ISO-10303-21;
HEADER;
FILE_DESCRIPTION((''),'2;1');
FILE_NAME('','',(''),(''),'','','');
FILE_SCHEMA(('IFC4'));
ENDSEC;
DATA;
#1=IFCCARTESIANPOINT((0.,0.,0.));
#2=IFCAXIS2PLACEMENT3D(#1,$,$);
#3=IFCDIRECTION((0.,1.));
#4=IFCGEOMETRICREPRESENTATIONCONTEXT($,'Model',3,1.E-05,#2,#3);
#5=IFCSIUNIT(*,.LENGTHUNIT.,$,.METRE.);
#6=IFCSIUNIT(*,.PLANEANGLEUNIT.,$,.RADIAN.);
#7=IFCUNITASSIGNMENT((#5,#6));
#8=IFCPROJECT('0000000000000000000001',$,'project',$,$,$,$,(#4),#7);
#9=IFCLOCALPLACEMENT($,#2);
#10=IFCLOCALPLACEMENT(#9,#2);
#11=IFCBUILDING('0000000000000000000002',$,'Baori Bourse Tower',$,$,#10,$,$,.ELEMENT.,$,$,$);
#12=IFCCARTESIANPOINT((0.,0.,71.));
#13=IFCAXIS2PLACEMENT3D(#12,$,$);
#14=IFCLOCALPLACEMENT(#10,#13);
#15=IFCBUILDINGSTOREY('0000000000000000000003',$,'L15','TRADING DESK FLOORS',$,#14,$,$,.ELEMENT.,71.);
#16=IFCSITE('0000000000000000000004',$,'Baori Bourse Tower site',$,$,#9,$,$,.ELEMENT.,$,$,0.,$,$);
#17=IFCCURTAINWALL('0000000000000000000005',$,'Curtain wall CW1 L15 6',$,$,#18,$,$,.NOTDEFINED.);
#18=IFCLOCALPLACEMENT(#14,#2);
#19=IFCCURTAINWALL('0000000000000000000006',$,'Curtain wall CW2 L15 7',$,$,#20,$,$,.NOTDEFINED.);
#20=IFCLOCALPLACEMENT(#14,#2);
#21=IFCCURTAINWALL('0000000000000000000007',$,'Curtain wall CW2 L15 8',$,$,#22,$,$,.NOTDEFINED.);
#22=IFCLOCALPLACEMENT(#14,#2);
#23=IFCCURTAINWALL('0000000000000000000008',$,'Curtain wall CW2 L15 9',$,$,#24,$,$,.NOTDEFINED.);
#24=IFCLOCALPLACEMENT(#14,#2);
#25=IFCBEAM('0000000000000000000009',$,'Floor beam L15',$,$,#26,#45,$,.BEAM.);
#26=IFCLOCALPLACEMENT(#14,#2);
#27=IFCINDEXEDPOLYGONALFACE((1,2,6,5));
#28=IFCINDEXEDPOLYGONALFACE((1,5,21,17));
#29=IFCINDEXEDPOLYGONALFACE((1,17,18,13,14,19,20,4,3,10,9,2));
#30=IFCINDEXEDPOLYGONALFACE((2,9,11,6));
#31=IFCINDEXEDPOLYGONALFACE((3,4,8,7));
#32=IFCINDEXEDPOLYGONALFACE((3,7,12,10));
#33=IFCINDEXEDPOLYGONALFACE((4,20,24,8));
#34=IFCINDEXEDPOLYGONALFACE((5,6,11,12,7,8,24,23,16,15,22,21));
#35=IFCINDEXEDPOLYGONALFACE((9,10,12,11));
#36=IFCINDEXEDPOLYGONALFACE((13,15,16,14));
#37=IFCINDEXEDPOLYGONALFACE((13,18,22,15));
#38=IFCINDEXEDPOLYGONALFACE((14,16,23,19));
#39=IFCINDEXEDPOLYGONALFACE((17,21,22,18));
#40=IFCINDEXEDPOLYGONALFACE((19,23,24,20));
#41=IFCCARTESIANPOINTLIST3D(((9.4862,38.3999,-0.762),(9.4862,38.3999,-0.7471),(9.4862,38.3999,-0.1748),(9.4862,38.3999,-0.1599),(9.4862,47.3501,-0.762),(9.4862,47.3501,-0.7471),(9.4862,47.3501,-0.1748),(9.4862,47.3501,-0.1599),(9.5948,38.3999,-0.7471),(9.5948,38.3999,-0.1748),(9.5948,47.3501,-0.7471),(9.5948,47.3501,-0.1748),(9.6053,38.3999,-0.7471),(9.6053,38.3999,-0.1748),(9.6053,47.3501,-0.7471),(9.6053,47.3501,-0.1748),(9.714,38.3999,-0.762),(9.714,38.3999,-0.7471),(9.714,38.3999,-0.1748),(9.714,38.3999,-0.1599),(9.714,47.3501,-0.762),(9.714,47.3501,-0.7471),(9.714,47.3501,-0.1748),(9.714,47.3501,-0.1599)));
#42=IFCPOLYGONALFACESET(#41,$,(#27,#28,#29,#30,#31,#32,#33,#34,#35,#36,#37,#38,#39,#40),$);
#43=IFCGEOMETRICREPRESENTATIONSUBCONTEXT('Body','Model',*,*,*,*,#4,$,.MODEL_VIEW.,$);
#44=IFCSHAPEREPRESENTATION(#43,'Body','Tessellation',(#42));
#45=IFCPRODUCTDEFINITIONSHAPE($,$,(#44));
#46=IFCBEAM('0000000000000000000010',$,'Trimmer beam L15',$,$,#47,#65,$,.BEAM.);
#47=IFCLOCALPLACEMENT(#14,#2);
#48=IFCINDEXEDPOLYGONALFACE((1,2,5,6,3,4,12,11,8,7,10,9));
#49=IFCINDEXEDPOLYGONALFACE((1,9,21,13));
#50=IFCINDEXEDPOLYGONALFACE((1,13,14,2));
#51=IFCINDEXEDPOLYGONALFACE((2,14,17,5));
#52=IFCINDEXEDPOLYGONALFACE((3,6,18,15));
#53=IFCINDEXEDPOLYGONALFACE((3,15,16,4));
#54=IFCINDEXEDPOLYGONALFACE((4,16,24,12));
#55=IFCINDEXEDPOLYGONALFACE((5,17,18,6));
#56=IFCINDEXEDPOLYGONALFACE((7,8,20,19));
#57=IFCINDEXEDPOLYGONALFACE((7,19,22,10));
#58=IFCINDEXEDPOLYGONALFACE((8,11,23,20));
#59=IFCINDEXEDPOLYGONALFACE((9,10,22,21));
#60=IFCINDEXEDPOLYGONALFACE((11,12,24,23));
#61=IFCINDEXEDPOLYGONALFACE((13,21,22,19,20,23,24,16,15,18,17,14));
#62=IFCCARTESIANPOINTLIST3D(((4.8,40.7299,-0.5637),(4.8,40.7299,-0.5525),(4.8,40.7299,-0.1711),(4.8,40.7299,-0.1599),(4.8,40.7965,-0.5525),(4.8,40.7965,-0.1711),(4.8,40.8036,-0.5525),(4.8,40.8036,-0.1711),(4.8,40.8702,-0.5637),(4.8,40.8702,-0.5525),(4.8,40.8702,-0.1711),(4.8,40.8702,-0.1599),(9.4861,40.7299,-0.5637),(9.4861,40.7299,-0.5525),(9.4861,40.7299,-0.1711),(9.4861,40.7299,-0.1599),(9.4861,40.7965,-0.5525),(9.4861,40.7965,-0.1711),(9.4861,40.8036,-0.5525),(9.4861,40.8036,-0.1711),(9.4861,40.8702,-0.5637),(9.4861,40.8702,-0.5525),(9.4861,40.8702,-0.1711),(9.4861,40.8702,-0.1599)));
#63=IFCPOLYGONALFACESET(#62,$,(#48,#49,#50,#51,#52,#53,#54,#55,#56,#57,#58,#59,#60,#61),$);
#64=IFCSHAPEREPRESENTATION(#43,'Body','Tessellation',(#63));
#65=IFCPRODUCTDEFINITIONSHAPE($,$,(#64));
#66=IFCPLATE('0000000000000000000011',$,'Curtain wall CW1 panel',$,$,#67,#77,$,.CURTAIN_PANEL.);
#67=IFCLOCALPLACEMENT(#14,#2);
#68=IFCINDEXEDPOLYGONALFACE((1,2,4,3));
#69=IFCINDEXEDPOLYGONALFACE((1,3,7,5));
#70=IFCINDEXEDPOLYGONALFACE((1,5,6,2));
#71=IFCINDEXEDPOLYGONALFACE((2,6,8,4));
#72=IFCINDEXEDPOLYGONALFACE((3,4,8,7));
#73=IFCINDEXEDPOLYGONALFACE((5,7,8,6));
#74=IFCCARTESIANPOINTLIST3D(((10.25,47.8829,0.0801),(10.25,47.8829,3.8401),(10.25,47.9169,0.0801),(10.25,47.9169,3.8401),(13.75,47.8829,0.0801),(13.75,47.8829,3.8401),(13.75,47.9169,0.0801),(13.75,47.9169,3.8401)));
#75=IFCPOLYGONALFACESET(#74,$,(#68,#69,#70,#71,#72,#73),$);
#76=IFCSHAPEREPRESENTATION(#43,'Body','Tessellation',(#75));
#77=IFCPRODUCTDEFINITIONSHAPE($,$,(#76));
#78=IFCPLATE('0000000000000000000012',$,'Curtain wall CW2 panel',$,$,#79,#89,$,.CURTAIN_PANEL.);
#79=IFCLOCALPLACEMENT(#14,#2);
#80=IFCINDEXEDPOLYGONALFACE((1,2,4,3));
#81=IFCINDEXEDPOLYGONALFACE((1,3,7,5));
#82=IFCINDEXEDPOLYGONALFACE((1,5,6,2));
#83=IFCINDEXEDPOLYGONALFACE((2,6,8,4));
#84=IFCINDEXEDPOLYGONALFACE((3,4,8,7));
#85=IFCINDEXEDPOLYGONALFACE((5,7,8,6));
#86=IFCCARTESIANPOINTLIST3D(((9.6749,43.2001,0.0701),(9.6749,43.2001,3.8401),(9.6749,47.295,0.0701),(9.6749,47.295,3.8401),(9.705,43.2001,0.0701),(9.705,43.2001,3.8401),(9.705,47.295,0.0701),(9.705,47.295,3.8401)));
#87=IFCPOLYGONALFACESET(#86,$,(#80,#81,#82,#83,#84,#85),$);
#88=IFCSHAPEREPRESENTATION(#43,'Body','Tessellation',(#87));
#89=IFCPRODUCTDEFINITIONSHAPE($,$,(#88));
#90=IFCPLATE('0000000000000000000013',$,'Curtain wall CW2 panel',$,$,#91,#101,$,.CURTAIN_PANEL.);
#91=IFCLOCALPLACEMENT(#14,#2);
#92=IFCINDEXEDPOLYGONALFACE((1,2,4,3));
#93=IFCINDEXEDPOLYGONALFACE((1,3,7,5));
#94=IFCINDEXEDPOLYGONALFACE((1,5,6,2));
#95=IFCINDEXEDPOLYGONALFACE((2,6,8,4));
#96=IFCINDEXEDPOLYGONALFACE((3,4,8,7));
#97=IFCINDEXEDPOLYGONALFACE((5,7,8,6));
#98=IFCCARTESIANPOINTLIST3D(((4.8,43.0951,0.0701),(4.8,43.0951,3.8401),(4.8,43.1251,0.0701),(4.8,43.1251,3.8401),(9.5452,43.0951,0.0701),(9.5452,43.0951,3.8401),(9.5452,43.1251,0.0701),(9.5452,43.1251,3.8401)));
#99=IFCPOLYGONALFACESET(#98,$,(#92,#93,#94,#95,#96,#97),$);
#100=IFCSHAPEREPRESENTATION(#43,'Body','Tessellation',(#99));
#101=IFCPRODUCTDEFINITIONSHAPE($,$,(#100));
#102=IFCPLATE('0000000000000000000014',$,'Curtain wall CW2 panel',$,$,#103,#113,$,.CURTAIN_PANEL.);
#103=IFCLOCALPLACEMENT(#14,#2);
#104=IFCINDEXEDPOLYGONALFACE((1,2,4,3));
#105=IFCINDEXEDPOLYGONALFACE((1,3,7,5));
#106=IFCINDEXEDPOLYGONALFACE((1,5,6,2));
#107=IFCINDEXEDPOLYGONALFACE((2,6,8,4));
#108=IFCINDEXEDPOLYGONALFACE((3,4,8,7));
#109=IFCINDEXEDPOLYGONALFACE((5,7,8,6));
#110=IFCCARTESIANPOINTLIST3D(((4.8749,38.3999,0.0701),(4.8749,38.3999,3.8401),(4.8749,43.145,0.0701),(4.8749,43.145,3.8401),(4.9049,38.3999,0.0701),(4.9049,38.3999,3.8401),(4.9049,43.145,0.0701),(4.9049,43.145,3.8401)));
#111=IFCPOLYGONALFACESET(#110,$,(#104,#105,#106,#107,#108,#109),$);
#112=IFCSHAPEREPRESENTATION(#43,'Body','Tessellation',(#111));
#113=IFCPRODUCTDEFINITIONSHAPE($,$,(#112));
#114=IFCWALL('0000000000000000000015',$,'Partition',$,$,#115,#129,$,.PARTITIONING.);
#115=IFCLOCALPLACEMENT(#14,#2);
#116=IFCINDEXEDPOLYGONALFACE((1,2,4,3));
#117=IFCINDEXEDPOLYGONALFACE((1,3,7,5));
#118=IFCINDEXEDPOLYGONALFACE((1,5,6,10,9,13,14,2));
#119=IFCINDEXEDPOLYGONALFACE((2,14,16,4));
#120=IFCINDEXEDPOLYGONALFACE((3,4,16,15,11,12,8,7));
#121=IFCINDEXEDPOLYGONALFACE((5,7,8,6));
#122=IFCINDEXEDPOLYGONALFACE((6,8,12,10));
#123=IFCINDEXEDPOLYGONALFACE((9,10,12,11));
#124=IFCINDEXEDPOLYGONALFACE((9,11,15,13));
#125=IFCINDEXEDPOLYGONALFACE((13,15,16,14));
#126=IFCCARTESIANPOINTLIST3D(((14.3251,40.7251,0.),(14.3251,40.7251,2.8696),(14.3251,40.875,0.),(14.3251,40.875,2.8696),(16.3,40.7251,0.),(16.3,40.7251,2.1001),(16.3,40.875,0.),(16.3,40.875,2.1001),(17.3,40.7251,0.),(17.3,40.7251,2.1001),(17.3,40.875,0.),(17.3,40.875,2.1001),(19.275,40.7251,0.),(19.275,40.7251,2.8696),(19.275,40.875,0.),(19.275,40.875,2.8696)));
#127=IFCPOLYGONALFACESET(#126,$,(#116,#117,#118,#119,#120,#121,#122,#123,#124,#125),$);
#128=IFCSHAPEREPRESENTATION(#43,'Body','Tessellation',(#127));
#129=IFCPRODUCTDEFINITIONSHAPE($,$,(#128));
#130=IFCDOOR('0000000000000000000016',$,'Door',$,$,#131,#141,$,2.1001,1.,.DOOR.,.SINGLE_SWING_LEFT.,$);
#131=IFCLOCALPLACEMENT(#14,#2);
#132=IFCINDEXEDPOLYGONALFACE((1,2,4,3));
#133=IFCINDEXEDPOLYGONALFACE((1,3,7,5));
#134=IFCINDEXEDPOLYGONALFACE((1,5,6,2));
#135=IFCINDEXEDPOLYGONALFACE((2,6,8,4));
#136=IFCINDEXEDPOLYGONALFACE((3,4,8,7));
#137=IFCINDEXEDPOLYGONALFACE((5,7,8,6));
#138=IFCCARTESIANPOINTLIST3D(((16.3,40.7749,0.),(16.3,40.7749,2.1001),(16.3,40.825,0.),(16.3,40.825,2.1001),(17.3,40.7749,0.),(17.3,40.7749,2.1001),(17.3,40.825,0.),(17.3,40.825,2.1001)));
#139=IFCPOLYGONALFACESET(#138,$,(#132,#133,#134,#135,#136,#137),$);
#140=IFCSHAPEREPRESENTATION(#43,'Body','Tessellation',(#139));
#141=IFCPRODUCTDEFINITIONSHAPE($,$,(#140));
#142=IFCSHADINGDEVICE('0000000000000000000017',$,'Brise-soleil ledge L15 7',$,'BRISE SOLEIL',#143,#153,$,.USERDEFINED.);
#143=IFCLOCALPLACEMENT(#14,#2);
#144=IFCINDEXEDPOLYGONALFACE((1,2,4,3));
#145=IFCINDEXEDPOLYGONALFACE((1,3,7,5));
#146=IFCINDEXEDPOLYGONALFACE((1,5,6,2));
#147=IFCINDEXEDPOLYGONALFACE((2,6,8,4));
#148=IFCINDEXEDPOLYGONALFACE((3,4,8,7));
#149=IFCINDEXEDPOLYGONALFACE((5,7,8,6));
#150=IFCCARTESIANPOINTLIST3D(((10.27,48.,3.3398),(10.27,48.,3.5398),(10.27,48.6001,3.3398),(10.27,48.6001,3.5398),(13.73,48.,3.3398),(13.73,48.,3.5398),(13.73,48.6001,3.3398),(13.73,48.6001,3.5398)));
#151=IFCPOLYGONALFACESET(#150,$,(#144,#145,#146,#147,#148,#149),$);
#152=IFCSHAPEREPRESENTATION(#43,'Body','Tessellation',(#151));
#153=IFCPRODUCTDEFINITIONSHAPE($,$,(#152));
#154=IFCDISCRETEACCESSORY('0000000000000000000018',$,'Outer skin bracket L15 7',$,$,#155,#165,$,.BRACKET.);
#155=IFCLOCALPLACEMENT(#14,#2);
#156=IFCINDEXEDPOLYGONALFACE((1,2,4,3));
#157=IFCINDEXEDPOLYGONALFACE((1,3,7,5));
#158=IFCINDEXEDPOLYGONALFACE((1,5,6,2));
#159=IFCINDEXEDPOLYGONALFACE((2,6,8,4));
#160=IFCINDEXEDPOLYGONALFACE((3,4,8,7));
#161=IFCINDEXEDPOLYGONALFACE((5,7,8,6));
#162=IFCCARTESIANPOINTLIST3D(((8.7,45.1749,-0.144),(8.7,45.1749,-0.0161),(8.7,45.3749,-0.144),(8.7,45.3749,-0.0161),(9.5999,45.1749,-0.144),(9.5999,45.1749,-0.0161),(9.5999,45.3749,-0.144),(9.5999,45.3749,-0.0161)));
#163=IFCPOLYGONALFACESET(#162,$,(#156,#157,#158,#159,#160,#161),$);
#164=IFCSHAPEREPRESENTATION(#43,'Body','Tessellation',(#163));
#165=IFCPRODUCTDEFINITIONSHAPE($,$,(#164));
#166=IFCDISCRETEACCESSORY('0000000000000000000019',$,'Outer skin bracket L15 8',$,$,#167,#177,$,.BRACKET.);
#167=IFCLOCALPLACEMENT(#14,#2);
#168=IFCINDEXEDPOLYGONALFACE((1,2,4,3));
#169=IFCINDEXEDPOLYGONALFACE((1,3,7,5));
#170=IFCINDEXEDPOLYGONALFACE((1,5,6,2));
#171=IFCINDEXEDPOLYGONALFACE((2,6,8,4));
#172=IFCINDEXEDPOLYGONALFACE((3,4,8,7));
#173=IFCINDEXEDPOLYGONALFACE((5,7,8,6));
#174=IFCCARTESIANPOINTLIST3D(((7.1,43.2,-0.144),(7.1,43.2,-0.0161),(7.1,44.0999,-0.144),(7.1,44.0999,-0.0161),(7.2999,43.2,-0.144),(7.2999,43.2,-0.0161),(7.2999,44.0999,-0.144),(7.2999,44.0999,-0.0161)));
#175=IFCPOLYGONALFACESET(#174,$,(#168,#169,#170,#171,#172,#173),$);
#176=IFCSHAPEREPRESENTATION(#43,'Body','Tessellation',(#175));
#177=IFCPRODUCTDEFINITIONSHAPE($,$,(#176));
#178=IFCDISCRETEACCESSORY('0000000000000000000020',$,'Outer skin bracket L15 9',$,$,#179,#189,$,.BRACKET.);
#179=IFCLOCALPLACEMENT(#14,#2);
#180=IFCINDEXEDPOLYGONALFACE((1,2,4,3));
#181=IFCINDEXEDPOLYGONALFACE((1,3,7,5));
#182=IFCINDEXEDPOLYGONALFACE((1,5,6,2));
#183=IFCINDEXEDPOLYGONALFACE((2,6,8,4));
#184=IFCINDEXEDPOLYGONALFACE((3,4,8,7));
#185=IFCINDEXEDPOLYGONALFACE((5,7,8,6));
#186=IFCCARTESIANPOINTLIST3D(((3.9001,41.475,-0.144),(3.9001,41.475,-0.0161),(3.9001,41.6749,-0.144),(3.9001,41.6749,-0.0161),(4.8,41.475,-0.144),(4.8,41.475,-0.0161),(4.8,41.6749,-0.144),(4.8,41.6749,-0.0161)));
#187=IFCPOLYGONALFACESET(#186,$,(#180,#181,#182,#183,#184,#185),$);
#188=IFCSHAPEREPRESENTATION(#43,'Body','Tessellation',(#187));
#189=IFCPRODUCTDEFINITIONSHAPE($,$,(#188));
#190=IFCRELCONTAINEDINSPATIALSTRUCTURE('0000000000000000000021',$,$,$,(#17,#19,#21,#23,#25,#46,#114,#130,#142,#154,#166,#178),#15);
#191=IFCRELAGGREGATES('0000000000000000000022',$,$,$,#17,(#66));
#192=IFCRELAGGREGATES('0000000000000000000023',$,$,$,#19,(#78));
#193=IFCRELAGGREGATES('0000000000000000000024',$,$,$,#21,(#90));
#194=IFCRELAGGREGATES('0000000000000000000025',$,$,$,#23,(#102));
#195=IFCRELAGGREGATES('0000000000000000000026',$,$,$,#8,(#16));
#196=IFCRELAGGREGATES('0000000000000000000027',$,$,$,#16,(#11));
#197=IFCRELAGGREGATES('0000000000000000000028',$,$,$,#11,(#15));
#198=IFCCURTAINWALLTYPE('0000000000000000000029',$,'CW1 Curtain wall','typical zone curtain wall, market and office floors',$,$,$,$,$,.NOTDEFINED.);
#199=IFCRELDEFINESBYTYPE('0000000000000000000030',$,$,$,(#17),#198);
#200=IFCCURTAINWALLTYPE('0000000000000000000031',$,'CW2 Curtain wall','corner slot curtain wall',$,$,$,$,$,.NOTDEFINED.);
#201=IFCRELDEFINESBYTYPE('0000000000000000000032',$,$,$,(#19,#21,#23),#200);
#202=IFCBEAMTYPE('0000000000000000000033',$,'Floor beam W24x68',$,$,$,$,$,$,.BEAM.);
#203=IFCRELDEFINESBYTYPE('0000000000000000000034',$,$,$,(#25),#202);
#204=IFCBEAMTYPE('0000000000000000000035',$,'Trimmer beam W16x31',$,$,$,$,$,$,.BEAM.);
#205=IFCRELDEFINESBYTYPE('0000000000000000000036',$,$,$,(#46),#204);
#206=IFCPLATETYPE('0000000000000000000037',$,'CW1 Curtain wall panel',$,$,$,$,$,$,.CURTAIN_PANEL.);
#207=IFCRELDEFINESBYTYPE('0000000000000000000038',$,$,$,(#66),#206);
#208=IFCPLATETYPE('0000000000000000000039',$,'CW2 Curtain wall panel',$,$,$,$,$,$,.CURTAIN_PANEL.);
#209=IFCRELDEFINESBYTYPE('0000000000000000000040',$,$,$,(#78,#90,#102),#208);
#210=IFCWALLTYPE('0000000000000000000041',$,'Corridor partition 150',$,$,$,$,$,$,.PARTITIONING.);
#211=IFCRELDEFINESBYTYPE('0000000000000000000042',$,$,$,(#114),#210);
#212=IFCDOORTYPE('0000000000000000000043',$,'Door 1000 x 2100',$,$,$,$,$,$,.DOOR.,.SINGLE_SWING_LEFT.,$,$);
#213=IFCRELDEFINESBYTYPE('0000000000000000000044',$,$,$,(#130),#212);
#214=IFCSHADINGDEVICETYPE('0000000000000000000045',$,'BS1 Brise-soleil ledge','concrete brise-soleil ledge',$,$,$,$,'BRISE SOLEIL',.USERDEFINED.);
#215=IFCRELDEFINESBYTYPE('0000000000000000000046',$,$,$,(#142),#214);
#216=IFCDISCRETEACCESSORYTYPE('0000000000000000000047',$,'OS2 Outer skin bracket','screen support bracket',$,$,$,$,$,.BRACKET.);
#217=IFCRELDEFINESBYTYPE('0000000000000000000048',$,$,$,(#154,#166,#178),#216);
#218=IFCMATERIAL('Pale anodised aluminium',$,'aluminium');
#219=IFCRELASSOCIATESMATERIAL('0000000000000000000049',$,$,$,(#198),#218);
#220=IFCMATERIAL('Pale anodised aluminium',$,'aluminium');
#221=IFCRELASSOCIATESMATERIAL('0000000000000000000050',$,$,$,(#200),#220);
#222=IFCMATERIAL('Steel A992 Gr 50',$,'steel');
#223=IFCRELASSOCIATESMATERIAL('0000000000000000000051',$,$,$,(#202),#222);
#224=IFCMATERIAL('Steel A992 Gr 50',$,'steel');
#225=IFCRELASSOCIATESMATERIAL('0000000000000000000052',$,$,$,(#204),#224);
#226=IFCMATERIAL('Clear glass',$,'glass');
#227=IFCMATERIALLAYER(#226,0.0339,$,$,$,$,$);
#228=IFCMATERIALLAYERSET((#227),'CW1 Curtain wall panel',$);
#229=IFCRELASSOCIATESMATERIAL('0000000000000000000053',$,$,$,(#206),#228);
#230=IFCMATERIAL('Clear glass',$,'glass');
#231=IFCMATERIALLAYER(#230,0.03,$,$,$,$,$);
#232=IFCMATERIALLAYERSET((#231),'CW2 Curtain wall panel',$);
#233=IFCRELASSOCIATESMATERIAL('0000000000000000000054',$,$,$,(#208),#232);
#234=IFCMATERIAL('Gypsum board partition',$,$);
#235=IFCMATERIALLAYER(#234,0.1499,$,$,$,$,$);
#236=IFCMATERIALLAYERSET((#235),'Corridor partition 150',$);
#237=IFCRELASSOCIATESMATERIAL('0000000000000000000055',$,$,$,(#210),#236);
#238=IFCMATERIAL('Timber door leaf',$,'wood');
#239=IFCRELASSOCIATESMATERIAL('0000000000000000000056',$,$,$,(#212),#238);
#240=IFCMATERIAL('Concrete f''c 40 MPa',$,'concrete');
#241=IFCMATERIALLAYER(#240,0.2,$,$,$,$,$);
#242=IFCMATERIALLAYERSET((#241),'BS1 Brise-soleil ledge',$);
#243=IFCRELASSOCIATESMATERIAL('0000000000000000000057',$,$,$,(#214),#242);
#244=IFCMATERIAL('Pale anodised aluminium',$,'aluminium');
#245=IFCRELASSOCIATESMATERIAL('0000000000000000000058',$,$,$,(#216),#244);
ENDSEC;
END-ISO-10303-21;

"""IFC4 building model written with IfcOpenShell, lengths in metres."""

from ifc_helpers import new_model, si_unit, direction, frame, frame_2d, origin, origin_2d, place, context, subcontext, project, spatial, rectangle, i_section, extrude, material, layer, layer_set, material_profile, profile_set, type_object, element, fill, aggregate, save


model = new_model("IFC4")

# Units and contexts
model_context = context("Model", 3, precision=1e-05, world=origin(), true_north=direction((0.0, 1.0)))
body_context = subcontext(model_context, "Body", "Model", "MODEL_VIEW")
ifc_project = project(units=[si_unit("LENGTHUNIT", "METRE"), si_unit("PLANEANGLEUNIT", "RADIAN")], contexts=[model_context])

# Site, building, storey
site_placement = place(None, origin())
site = spatial("IfcSite", under=ifc_project, at=site_placement, Name="Baori Bourse Tower site", CompositionType="ELEMENT", RefElevation=0.0)
building_placement = place(site_placement, origin())
building = spatial("IfcBuilding", under=site, at=building_placement, Name="Baori Bourse Tower", CompositionType="ELEMENT")
storey_placement = place(building_placement, frame((0.0, 0.0, 71.0)))
storey = spatial("IfcBuildingStorey", under=building, at=storey_placement, Name="L15", Description="TRADING DESK FLOORS", CompositionType="ELEMENT", Elevation=71.0)

# Curtain walls
ifc_material_1 = material(Name="Pale anodised aluminium", Category="aluminium")
curtain_wall_type_1 = type_object("IfcCurtainWallType", Name="CW1 Curtain wall", Description="typical zone curtain wall, market and office floors", PredefinedType="NOTDEFINED", material=ifc_material_1)
curtain_wall_1_placement = place(storey_placement, origin())
curtain_wall_1 = element("IfcCurtainWall", 1, at=curtain_wall_1_placement, inside=storey, type_object=curtain_wall_type_1, Name="Curtain wall CW1 L15 6", PredefinedType="NOTDEFINED")
ifc_material_2 = material(Name="Pale anodised aluminium", Category="aluminium")
curtain_wall_type_2 = type_object("IfcCurtainWallType", Name="CW2 Curtain wall", Description="corner slot curtain wall", PredefinedType="NOTDEFINED", material=ifc_material_2)
curtain_wall_2_placement = place(storey_placement, origin())
curtain_wall_2 = element("IfcCurtainWall", 2, at=curtain_wall_2_placement, inside=storey, type_object=curtain_wall_type_2, Name="Curtain wall CW2 L15 7", PredefinedType="NOTDEFINED")
curtain_wall_3_placement = place(storey_placement, origin())
curtain_wall_3 = element("IfcCurtainWall", 3, at=curtain_wall_3_placement, inside=storey, type_object=curtain_wall_type_2, Name="Curtain wall CW2 L15 8", PredefinedType="NOTDEFINED")
curtain_wall_4_placement = place(storey_placement, origin())
curtain_wall_4 = element("IfcCurtainWall", 4, at=curtain_wall_4_placement, inside=storey, type_object=curtain_wall_type_2, Name="Curtain wall CW2 L15 9", PredefinedType="NOTDEFINED")

# Beams
ifc_material_3 = material(Name="Steel A992 Gr 50", Category="steel")
ifc_material_profile_1 = material_profile(ifc_material_3, i_section(OverallWidth=0.2278, OverallDepth=0.6021, WebThickness=0.0105, FlangeThickness=0.0149, at=origin_2d()), Name="W24x68")
ifc_profile_set_1 = profile_set([ifc_material_profile_1], Name="Steel A992 Gr 50")
beam_type_1 = type_object("IfcBeamType", Name="Floor beam W24x68", PredefinedType="BEAM", material=ifc_profile_set_1)
beam_1_placement = place(storey_placement, frame((9.6001, 38.3999, -0.4609), z_axis=(0.0, 1.0, 0.0), x_axis=(-1.0, 0.0, 0.0)))
element("IfcBeam", 5, at=beam_1_placement, inside=storey, type_object=beam_type_1, Name="Floor beam L15", PredefinedType="BEAM", context=body_context, shape_type="SweptSolid", body=[
    extrude(i_section(OverallWidth=0.2278, OverallDepth=0.6021, WebThickness=0.0105, FlangeThickness=0.0149, at=origin_2d()), origin(), (0.0, 0.0, 1.0), 8.9502),
])
ifc_material_4 = material(Name="Steel A992 Gr 50", Category="steel")
ifc_material_profile_2 = material_profile(ifc_material_4, i_section(OverallWidth=0.1404, OverallDepth=0.4038, WebThickness=0.0071, FlangeThickness=0.0112, at=origin_2d()), Name="W16x31")
ifc_profile_set_2 = profile_set([ifc_material_profile_2], Name="Steel A992 Gr 50")
beam_type_2 = type_object("IfcBeamType", Name="Trimmer beam W16x31", PredefinedType="BEAM", material=ifc_profile_set_2)
beam_2_placement = place(storey_placement, frame((4.8, 40.8, -0.3618), z_axis=(1.0, 0.0, 0.0), x_axis=(0.0, 1.0, 0.0)))
element("IfcBeam", 6, at=beam_2_placement, inside=storey, type_object=beam_type_2, Name="Trimmer beam L15", PredefinedType="BEAM", context=body_context, shape_type="SweptSolid", body=[
    extrude(i_section(OverallWidth=0.1404, OverallDepth=0.4038, WebThickness=0.0071, FlangeThickness=0.0112, at=origin_2d()), origin(), (0.0, 0.0, 1.0), 4.686),
])

# Plates
ifc_material_5 = material(Name="Clear glass", Category="glass")
ifc_layer_1 = layer(ifc_material_5, 0.0339)
ifc_layer_set_1 = layer_set([ifc_layer_1], Name="CW1 Curtain wall panel")
plate_type_1 = type_object("IfcPlateType", Name="CW1 Curtain wall panel", PredefinedType="CURTAIN_PANEL", material=ifc_layer_set_1)
plate_1_placement = place(storey_placement, frame((12.0, 47.8999, 0.0801), z_axis=(0.0, 0.0, 1.0), x_axis=(-1.0, 0.0, 0.0)))
plate_1 = element("IfcPlate", 7, at=plate_1_placement, type_object=plate_type_1, Name="Curtain wall CW1 panel", PredefinedType="CURTAIN_PANEL", context=body_context, shape_type="SweptSolid", body=[
    extrude(rectangle(XDim=3.5, YDim=0.0339, at=origin_2d()), origin(), (0.0, 0.0, 1.0), 3.76),
])
aggregate(curtain_wall_1, [plate_1])
ifc_material_6 = material(Name="Clear glass", Category="glass")
ifc_layer_2 = layer(ifc_material_6, 0.03)
ifc_layer_set_2 = layer_set([ifc_layer_2], Name="CW2 Curtain wall panel")
plate_type_2 = type_object("IfcPlateType", Name="CW2 Curtain wall panel", PredefinedType="CURTAIN_PANEL", material=ifc_layer_set_2)
plate_2_placement = place(storey_placement, frame((9.6899, 45.2476, 0.0701), z_axis=(0.0, 0.0, 1.0), x_axis=(0.0, -1.0, 0.0)))
plate_2 = element("IfcPlate", 8, at=plate_2_placement, type_object=plate_type_2, Name="Curtain wall CW2 panel", PredefinedType="CURTAIN_PANEL", context=body_context, shape_type="SweptSolid", body=[
    extrude(rectangle(XDim=4.095, YDim=0.03, at=origin_2d()), origin(), (0.0, 0.0, 1.0), 3.77),
])
aggregate(curtain_wall_2, [plate_2])
plate_3_placement = place(storey_placement, frame((7.1726, 43.1101, 0.0701), z_axis=(0.0, 0.0, 1.0), x_axis=(-1.0, 0.0, 0.0)))
plate_3 = element("IfcPlate", 9, at=plate_3_placement, type_object=plate_type_2, Name="Curtain wall CW2 panel", PredefinedType="CURTAIN_PANEL", context=body_context, shape_type="SweptSolid", body=[
    extrude(rectangle(XDim=4.7451, YDim=0.03, at=origin_2d()), origin(), (0.0, 0.0, 1.0), 3.77),
])
aggregate(curtain_wall_3, [plate_3])
plate_4_placement = place(storey_placement, frame((4.8899, 40.7725, 0.0701), z_axis=(0.0, 0.0, 1.0), x_axis=(0.0, -1.0, 0.0)))
plate_4 = element("IfcPlate", 10, at=plate_4_placement, type_object=plate_type_2, Name="Curtain wall CW2 panel", PredefinedType="CURTAIN_PANEL", context=body_context, shape_type="SweptSolid", body=[
    extrude(rectangle(XDim=4.7451, YDim=0.03, at=origin_2d()), origin(), (0.0, 0.0, 1.0), 3.77),
])
aggregate(curtain_wall_4, [plate_4])

# Wall, opening, door
ifc_material_7 = material(Name="Gypsum board partition")
ifc_layer_3 = layer(ifc_material_7, 0.1499)
ifc_layer_set_3 = layer_set([ifc_layer_3], Name="Corridor partition 150")
wall_type = type_object("IfcWallType", Name="Corridor partition 150", PredefinedType="PARTITIONING", material=ifc_layer_set_3)
wall_placement = place(storey_placement, frame((14.325, 40.8, 0.0), z_axis=(0.0, 0.0, 1.0), x_axis=(1.0, 0.0, 0.0)))
wall = element("IfcWall", 11, at=wall_placement, inside=storey, type_object=wall_type, Name="Partition", PredefinedType="PARTITIONING", context=body_context, shape_type="SweptSolid", body=[
    extrude(rectangle(XDim=4.95, YDim=0.1499, at=frame_2d((2.4751, 0.0))), origin(), (0.0, 0.0, 1.0), 2.8696),
])
opening_placement = place(wall_placement, frame((1.9751, 0.0, 0.0)))
opening = element("IfcOpeningElement", 12, at=opening_placement, cuts=wall, PredefinedType="OPENING", context=body_context, shape_type="SweptSolid", body=[
    extrude(rectangle(XDim=1.0, YDim=2.1001, at=frame_2d((0.5, 1.05))), frame((0.0, 0.085, 0.0), z_axis=(0.0, -1.0, 0.0), x_axis=(1.0, 0.0, 0.0)), (0.0, 0.0, 1.0), 0.1699),
])
ifc_material_8 = material(Name="Timber door leaf", Category="wood")
door_type = type_object("IfcDoorType", Name="Door 1000 x 2100", OperationType="SINGLE_SWING_LEFT", PredefinedType="DOOR", material=ifc_material_8)
door_placement = place(opening_placement, origin())
door = element("IfcDoor", 13, at=door_placement, inside=storey, type_object=door_type, Name="Door", OperationType="SINGLE_SWING_LEFT", OverallHeight=2.1001, OverallWidth=1.0, PredefinedType="DOOR", context=body_context, shape_type="SweptSolid", body=[
    extrude(rectangle(XDim=1.0, YDim=2.1001, at=frame_2d((0.5, 1.05))), frame((0.0, 0.0249, 0.0), z_axis=(0.0, -1.0, 0.0), x_axis=(1.0, 0.0, 0.0)), (0.0, 0.0, 1.0), 0.05),
])
fill(opening, door)

# Shading device
ifc_material_9 = material(Name="Concrete f'c 40 MPa", Category="concrete")
ifc_layer_4 = layer(ifc_material_9, 0.2)
ifc_layer_set_4 = layer_set([ifc_layer_4], Name="BS1 Brise-soleil ledge")
shading_device_type = type_object("IfcShadingDeviceType", Name="BS1 Brise-soleil ledge", Description="concrete brise-soleil ledge", ElementType="BRISE SOLEIL", PredefinedType="USERDEFINED", material=ifc_layer_set_4)
shading_device_placement = place(storey_placement, frame((12.0, 48.3, 3.3398), z_axis=(0.0, 0.0, 1.0), x_axis=(-1.0, 0.0, 0.0)))
element("IfcShadingDevice", 14, at=shading_device_placement, inside=storey, type_object=shading_device_type, Name="Brise-soleil ledge L15 7", ObjectType="BRISE SOLEIL", PredefinedType="USERDEFINED", context=body_context, shape_type="SweptSolid", body=[
    extrude(rectangle(XDim=3.46, YDim=0.6001, at=origin_2d()), origin(), (0.0, 0.0, 1.0), 0.2),
])

# Discrete accessories
ifc_material_10 = material(Name="Pale anodised aluminium", Category="aluminium")
discrete_accessory_type = type_object("IfcDiscreteAccessoryType", Name="OS2 Outer skin bracket", Description="screen support bracket", PredefinedType="BRACKET", material=ifc_material_10)
for number, where, z_axis, x_axis, name in (
    (15, (9.1499, 45.2749, -0.144), (0.0, 0.0, 1.0), (0.0, -1.0, 0.0), "Outer skin bracket L15 7"),
    (16, (7.2, 43.6499, -0.144), (0.0, 0.0, 1.0), (-1.0, 0.0, 0.0), "Outer skin bracket L15 8"),
    (17, (4.3501, 41.575, -0.144), (0.0, 0.0, 1.0), (0.0, -1.0, 0.0), "Outer skin bracket L15 9"),
):
    element("IfcDiscreteAccessory", number, at=place(storey_placement, frame(where, z_axis=z_axis, x_axis=x_axis)), inside=storey, type_object=discrete_accessory_type, Name=name, PredefinedType="BRACKET", context=body_context, shape_type="SweptSolid", body=[
        extrude(rectangle(XDim=0.2, YDim=0.8999, at=origin_2d()), origin(), (0.0, 0.0, 1.0), 0.1279),
    ])

save(model, "model.ifc")
